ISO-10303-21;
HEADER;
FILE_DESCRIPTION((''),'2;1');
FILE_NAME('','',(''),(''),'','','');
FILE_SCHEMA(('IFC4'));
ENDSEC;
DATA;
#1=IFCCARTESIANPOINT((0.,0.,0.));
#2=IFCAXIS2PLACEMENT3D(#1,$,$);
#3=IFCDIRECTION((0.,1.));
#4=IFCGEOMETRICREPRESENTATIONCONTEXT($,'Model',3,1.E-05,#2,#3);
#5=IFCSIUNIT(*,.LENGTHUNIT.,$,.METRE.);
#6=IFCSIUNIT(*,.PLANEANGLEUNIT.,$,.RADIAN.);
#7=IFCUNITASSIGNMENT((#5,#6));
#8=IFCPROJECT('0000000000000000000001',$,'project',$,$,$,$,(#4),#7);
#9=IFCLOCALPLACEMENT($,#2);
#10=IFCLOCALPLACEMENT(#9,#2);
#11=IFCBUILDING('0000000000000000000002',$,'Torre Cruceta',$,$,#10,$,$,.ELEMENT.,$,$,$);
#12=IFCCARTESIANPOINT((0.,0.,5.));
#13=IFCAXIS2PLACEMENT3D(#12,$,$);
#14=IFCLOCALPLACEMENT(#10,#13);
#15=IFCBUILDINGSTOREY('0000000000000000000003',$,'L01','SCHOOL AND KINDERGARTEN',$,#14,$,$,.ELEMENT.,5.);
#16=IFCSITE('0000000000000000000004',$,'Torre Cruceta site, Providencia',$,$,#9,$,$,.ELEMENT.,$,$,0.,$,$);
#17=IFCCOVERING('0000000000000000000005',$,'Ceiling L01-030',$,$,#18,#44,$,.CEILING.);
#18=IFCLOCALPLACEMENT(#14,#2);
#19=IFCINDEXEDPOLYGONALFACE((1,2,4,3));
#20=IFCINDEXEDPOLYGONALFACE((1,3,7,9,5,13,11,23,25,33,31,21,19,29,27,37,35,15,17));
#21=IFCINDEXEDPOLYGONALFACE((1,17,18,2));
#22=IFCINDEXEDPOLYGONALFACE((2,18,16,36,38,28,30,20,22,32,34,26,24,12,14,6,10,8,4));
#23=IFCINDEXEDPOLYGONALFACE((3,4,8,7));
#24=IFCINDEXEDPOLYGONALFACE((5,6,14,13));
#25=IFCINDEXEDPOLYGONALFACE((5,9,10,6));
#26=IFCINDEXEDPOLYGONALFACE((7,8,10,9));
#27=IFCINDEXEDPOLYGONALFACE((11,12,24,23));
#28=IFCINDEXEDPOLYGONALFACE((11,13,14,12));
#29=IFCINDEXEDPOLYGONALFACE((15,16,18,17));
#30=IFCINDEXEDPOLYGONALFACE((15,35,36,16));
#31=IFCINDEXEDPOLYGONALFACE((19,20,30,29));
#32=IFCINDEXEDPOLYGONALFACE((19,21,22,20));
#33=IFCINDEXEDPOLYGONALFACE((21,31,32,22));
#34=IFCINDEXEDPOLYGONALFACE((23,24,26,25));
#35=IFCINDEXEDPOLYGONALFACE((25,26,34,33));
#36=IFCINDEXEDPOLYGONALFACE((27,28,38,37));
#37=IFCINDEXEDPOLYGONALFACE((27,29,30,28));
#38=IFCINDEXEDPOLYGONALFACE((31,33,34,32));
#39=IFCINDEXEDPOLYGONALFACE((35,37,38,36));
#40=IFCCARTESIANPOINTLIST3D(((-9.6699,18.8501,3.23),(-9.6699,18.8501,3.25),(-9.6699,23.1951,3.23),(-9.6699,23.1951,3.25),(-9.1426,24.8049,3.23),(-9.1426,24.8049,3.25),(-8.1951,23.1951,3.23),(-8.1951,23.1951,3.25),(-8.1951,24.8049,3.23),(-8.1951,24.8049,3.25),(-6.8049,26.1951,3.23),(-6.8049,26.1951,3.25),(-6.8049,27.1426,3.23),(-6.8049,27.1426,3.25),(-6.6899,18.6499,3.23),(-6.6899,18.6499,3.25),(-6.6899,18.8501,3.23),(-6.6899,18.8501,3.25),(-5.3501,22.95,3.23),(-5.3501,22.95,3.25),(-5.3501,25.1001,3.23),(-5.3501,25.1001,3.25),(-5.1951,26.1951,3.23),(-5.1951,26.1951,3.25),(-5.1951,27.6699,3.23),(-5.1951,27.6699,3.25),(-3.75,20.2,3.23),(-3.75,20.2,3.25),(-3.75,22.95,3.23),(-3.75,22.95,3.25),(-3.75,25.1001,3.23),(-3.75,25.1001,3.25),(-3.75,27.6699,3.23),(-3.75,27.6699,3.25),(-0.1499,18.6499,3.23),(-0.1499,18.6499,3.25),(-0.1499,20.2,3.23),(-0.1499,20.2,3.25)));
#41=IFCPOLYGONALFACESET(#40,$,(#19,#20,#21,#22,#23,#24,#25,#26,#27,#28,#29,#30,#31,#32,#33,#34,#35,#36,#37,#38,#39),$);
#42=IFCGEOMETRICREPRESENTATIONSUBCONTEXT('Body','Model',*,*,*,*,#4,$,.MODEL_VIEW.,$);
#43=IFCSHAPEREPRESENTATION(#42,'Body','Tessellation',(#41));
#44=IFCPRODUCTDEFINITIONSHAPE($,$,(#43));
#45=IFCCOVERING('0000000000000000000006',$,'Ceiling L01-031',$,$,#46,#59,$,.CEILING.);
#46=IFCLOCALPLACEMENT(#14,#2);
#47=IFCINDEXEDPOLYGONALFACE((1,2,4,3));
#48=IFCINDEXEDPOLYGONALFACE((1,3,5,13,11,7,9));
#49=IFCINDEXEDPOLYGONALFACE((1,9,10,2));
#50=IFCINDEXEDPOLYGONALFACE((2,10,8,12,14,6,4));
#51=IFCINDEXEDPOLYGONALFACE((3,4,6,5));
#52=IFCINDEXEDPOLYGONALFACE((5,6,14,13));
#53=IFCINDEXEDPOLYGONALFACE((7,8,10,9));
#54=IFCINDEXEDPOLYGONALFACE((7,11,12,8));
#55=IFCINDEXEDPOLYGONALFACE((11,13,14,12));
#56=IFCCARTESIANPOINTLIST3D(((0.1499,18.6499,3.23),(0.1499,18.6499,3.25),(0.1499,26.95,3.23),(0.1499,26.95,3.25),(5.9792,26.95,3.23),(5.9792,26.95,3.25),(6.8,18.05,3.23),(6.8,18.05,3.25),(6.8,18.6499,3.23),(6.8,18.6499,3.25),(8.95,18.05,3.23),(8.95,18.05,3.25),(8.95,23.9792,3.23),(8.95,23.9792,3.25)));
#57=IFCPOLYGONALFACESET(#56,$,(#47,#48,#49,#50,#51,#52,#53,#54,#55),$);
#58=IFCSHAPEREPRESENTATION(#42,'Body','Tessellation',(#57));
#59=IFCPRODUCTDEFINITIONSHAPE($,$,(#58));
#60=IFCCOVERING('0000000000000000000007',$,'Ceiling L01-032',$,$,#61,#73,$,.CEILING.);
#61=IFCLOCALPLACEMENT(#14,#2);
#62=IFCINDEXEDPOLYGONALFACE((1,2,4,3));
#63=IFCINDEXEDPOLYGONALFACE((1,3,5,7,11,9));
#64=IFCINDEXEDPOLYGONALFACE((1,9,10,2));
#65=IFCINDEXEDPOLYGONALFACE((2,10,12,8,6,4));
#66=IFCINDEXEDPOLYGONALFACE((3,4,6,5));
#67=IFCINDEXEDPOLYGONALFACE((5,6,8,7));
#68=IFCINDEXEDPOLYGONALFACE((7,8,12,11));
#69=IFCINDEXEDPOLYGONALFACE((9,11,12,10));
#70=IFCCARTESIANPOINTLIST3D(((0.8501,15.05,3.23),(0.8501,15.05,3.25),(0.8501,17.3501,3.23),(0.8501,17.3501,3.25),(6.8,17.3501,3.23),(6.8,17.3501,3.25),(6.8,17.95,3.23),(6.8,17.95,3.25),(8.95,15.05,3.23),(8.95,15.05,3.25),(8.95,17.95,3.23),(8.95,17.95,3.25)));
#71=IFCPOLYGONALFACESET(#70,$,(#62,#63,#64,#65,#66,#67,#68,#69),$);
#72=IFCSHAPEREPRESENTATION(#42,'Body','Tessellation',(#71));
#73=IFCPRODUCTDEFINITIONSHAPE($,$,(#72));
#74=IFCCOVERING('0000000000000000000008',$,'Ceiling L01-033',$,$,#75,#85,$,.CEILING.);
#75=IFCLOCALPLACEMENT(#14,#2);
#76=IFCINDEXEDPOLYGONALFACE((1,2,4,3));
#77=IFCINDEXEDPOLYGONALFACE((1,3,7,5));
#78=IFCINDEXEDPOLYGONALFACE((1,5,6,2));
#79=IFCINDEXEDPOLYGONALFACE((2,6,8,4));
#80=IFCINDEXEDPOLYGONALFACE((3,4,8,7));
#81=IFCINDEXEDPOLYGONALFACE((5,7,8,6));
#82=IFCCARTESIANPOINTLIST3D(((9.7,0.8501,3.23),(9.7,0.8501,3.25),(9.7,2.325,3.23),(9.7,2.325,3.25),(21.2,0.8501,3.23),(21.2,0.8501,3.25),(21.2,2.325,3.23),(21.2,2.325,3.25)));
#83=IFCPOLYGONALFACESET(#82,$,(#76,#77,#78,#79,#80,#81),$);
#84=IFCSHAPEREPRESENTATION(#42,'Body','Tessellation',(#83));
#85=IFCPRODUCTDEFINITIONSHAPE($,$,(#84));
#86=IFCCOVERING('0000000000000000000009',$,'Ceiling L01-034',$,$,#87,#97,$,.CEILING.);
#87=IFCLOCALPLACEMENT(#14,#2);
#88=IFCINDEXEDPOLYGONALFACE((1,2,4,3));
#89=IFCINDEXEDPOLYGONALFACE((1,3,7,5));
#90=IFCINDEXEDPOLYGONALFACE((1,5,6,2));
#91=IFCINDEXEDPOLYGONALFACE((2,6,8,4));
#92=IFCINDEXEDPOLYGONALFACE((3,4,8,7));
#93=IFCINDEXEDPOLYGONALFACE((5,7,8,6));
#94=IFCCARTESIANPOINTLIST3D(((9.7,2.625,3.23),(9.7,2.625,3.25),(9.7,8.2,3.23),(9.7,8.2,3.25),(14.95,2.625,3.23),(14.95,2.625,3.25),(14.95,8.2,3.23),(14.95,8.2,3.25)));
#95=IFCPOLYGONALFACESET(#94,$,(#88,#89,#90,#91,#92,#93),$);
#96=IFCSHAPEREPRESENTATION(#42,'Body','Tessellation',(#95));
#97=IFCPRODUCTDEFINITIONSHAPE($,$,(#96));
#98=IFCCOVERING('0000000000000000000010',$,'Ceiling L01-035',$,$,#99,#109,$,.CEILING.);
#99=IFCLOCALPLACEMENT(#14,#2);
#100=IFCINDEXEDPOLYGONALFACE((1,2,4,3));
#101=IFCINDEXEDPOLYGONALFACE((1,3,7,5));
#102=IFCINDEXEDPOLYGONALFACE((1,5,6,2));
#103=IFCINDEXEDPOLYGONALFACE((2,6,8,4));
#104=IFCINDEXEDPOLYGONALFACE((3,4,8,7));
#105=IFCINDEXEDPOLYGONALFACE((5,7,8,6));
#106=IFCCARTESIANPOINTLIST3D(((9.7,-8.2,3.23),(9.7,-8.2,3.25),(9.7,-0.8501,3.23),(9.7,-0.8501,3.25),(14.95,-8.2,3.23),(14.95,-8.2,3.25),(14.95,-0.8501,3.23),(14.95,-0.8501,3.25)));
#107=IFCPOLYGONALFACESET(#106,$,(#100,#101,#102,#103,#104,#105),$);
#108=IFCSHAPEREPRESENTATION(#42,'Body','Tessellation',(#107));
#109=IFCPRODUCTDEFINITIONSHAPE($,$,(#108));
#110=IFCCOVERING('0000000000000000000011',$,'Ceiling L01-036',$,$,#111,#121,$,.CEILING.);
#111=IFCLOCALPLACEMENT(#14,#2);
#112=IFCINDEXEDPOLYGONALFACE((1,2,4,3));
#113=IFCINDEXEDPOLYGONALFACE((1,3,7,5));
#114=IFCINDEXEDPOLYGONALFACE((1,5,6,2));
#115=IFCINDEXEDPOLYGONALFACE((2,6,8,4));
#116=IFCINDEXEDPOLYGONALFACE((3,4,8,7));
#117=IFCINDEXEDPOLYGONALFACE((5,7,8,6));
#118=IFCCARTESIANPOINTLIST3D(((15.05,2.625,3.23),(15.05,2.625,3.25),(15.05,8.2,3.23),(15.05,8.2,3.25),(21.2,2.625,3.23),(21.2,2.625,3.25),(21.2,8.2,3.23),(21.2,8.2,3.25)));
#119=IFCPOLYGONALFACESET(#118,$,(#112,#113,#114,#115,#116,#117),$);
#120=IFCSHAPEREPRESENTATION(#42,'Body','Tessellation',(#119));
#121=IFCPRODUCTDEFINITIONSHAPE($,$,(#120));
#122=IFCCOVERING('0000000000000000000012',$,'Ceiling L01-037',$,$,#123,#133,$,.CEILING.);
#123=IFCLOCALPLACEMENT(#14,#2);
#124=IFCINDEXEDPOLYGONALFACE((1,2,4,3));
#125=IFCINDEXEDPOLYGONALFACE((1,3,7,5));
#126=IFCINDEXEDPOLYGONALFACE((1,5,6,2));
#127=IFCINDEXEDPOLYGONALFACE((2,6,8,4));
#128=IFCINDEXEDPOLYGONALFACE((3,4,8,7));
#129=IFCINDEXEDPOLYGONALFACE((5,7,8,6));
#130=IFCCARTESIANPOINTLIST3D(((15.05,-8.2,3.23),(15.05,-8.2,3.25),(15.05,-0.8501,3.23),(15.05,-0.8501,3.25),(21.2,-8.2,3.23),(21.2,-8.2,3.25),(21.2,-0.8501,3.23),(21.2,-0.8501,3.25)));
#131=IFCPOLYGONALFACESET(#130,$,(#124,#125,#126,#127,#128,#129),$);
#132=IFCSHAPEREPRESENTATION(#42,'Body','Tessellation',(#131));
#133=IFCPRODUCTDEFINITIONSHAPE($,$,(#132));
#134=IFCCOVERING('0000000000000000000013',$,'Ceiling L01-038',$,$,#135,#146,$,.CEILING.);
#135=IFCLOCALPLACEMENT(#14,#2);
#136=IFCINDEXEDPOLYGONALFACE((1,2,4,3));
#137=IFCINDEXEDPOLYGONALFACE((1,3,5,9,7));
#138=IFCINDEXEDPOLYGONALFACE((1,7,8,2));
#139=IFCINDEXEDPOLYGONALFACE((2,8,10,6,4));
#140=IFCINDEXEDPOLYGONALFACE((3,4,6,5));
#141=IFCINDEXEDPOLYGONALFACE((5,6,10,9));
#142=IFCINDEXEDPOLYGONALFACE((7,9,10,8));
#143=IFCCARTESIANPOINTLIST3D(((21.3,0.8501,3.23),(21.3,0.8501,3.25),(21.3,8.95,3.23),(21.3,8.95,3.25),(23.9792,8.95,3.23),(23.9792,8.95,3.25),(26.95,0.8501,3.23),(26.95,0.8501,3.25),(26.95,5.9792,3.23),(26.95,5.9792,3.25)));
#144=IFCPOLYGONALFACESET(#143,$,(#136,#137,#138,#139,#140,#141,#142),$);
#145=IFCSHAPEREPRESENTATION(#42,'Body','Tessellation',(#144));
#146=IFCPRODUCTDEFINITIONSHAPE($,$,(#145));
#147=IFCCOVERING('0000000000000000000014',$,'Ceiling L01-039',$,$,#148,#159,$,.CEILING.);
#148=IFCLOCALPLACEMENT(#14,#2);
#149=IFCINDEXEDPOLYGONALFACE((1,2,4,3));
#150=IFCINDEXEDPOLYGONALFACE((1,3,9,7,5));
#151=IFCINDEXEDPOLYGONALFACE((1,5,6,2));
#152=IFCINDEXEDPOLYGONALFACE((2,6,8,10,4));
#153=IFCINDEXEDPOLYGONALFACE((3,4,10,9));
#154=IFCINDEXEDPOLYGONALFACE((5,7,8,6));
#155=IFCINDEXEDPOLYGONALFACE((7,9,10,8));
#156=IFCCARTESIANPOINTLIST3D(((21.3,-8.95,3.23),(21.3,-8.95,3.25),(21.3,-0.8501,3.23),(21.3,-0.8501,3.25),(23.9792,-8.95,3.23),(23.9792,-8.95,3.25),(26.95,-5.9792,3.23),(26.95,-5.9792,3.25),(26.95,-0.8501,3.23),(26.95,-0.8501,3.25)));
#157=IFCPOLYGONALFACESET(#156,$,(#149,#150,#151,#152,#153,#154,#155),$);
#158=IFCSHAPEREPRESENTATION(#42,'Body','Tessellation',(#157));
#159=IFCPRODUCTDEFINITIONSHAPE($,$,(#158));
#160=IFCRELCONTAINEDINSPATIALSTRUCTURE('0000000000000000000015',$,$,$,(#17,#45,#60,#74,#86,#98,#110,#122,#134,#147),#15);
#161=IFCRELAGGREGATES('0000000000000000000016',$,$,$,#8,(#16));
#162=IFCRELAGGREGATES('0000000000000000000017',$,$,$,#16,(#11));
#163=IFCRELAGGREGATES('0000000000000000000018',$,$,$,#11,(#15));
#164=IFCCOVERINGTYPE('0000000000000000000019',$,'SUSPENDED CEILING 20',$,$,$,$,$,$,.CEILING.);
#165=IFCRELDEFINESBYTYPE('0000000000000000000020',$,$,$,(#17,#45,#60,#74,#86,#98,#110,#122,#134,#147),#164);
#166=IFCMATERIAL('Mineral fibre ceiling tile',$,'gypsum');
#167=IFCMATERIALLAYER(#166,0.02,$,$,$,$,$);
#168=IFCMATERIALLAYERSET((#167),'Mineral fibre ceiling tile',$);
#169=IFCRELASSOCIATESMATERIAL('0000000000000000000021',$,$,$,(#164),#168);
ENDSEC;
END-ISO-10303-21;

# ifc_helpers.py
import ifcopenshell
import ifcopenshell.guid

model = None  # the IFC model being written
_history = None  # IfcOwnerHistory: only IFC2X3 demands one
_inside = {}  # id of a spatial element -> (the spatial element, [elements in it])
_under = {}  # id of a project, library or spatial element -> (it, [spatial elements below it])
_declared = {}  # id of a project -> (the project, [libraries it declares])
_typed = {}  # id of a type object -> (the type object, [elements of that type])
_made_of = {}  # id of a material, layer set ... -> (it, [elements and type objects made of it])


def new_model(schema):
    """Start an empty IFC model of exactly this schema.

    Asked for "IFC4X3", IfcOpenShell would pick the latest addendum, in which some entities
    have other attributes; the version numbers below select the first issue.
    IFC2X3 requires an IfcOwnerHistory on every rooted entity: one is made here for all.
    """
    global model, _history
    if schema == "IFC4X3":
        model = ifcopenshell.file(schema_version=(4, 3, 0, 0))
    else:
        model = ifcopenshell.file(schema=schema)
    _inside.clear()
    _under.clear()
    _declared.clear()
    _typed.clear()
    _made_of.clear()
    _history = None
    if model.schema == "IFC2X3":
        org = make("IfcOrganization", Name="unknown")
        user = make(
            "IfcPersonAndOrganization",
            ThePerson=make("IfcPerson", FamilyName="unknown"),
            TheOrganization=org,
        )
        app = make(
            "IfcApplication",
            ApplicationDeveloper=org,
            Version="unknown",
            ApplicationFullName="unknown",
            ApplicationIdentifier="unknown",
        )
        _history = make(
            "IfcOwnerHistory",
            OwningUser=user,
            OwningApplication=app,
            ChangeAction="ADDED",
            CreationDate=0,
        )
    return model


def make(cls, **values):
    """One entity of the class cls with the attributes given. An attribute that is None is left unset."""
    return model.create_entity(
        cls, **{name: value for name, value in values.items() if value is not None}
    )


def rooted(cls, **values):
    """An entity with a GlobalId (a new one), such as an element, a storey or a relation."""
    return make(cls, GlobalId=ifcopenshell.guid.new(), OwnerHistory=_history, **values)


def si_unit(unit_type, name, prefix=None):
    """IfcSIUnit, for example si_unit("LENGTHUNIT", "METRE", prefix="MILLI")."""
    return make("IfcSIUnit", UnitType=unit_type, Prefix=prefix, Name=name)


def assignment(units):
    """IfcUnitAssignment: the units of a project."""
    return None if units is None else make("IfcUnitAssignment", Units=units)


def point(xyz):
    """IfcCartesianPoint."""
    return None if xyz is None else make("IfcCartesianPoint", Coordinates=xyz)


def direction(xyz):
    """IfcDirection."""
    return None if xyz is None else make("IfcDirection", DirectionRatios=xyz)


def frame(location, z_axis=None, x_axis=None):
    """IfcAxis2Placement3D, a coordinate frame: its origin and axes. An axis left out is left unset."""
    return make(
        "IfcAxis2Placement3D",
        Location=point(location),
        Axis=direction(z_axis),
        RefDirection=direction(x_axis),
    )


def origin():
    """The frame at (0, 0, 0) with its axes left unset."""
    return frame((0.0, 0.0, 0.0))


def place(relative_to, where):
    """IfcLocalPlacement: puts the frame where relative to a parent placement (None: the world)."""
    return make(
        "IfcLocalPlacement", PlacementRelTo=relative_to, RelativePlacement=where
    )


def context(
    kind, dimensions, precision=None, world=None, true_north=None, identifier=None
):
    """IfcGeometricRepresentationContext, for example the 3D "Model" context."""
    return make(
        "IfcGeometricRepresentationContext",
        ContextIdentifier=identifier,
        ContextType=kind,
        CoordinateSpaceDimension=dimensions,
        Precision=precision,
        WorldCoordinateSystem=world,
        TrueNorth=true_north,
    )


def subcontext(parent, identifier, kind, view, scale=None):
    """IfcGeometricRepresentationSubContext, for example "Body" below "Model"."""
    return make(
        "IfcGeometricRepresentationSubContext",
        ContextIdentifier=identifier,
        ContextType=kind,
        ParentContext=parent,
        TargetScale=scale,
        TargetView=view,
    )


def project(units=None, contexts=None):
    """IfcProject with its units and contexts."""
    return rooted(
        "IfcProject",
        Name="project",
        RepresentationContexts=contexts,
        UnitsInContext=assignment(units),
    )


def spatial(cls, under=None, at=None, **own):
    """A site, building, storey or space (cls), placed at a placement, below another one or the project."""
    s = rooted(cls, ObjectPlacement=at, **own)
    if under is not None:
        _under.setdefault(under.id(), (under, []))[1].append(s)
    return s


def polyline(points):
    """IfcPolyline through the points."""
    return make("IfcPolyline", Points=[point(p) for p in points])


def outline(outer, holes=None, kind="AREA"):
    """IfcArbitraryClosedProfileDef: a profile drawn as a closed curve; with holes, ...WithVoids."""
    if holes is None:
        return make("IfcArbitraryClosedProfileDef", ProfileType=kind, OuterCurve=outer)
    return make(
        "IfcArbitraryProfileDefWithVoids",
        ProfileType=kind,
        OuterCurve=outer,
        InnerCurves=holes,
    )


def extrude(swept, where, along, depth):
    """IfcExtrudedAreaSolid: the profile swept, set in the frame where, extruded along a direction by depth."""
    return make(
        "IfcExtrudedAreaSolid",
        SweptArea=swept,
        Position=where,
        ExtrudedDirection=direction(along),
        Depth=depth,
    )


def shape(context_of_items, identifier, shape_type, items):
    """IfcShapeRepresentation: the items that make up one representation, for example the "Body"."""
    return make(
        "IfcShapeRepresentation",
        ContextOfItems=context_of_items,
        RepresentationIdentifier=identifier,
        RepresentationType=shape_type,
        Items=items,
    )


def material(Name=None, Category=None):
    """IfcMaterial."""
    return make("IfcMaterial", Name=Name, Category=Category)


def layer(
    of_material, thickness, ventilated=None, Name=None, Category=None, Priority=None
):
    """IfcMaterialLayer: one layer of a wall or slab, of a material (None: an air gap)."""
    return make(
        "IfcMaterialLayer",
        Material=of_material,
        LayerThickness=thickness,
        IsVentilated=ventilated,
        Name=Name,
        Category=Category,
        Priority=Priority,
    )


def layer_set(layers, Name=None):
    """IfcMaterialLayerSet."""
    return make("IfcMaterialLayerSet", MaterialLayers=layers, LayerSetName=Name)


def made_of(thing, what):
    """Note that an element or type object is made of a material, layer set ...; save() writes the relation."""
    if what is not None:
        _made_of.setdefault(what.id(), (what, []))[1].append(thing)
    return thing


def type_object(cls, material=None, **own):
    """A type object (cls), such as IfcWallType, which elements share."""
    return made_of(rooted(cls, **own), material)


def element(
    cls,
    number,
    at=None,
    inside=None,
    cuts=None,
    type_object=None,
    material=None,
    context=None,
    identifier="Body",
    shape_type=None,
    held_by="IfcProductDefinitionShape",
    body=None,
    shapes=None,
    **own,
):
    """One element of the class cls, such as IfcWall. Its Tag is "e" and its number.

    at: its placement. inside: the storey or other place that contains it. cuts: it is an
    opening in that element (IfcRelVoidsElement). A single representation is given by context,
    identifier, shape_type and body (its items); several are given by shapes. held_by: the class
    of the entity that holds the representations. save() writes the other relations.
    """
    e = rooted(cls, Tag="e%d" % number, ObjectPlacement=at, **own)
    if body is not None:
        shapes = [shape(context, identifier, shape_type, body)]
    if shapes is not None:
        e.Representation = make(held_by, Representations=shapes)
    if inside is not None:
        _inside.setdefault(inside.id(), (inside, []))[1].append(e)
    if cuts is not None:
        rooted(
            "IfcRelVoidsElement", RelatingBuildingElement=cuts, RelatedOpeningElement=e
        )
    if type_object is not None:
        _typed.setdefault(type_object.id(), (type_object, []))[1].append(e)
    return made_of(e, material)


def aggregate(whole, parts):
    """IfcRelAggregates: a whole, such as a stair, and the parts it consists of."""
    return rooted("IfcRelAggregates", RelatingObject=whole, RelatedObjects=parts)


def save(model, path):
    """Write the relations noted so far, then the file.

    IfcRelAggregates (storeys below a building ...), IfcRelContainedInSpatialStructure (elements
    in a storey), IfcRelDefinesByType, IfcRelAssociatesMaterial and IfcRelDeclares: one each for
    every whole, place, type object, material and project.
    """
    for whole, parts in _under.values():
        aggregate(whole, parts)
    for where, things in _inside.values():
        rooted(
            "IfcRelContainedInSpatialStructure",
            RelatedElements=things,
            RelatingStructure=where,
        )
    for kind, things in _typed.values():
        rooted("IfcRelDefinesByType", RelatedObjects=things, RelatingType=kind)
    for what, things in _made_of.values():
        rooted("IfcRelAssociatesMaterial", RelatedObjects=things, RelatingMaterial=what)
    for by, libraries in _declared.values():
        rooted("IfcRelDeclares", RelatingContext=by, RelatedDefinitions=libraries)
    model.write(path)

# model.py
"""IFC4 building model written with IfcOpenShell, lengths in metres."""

from ifc_helpers import new_model, si_unit, direction, frame, origin, place, context, subcontext, project, spatial, polyline, outline, extrude, material, layer, layer_set, type_object, element, save


model = new_model("IFC4")

# Units and contexts
model_context = context("Model", 3, precision=1e-05, world=origin(), true_north=direction((0.0, 1.0)))
body_context = subcontext(model_context, "Body", "Model", "MODEL_VIEW")
ifc_project = project(units=[si_unit("LENGTHUNIT", "METRE"), si_unit("PLANEANGLEUNIT", "RADIAN")], contexts=[model_context])

# Site, building, storey
site_placement = place(None, origin())
site = spatial("IfcSite", under=ifc_project, at=site_placement, Name="Torre Cruceta site, Providencia", CompositionType="ELEMENT", RefElevation=0.0)
building_placement = place(site_placement, origin())
building = spatial("IfcBuilding", under=site, at=building_placement, Name="Torre Cruceta", CompositionType="ELEMENT")
storey_placement = place(building_placement, frame((0.0, 0.0, 5.0)))
storey = spatial("IfcBuildingStorey", under=building, at=storey_placement, Name="L01", Description="SCHOOL AND KINDERGARTEN", CompositionType="ELEMENT", Elevation=5.0)

# Coverings
ifc_material_1 = material(Name="Mineral fibre ceiling tile", Category="gypsum")
ifc_layer_1 = layer(ifc_material_1, 0.02)
ifc_layer_set_1 = layer_set([ifc_layer_1], Name="Mineral fibre ceiling tile")
covering_type = type_object("IfcCoveringType", Name="SUSPENDED CEILING 20", PredefinedType="CEILING", material=ifc_layer_set_1)
covering_1_placement = place(storey_placement, frame((0.0, 0.0, 3.23)))
element("IfcCovering", 1, at=covering_1_placement, inside=storey, type_object=covering_type, Name="Ceiling L01-030", PredefinedType="CEILING", context=body_context, shape_type="SweptSolid", body=[
    extrude(outline(polyline([(-9.6699, 23.1951), (-8.1951, 23.1951), (-8.1951, 24.8049), (-9.1426, 24.8049), (-6.8049, 27.1426), (-6.8049, 26.1951), (-5.1951, 26.1951), (-5.1951, 27.6699), (-3.75, 27.6699), (-3.75, 25.1001), (-5.3501, 25.1001), (-5.3501, 22.95), (-3.75, 22.95), (-3.75, 20.2), (-0.1499, 20.2), (-0.1499, 18.6499), (-6.6899, 18.6499), (-6.6899, 18.8501), (-9.6699, 18.8501), (-9.6699, 23.1951)])), origin(), (0.0, 0.0, 1.0), 0.02),
])
covering_2_placement = place(storey_placement, frame((0.0, 0.0, 3.23)))
element("IfcCovering", 2, at=covering_2_placement, inside=storey, type_object=covering_type, Name="Ceiling L01-031", PredefinedType="CEILING", context=body_context, shape_type="SweptSolid", body=[
    extrude(outline(polyline([(6.8, 18.05), (6.8, 18.6499), (0.1499, 18.6499), (0.1499, 26.95), (5.9792, 26.95), (8.95, 23.9792), (8.95, 18.05), (6.8, 18.05)])), origin(), (0.0, 0.0, 1.0), 0.02),
])
covering_3_placement = place(storey_placement, frame((0.0, 0.0, 3.23)))
element("IfcCovering", 3, at=covering_3_placement, inside=storey, type_object=covering_type, Name="Ceiling L01-032", PredefinedType="CEILING", context=body_context, shape_type="SweptSolid", body=[
    extrude(outline(polyline([(0.8501, 15.05), (0.8501, 17.3501), (6.8, 17.3501), (6.8, 17.95), (8.95, 17.95), (8.95, 15.05), (0.8501, 15.05)])), origin(), (0.0, 0.0, 1.0), 0.02),
])
covering_4_placement = place(storey_placement, frame((0.0, 0.0, 3.23)))
element("IfcCovering", 4, at=covering_4_placement, inside=storey, type_object=covering_type, Name="Ceiling L01-033", PredefinedType="CEILING", context=body_context, shape_type="SweptSolid", body=[
    extrude(outline(polyline([(9.7, 0.8501), (9.7, 2.325), (21.2, 2.325), (21.2, 0.8501), (9.7, 0.8501)])), origin(), (0.0, 0.0, 1.0), 0.02),
])
covering_5_placement = place(storey_placement, frame((0.0, 0.0, 3.23)))
element("IfcCovering", 5, at=covering_5_placement, inside=storey, type_object=covering_type, Name="Ceiling L01-034", PredefinedType="CEILING", context=body_context, shape_type="SweptSolid", body=[
    extrude(outline(polyline([(9.7, 2.625), (9.7, 8.2), (14.95, 8.2), (14.95, 2.625), (9.7, 2.625)])), origin(), (0.0, 0.0, 1.0), 0.02),
])
covering_6_placement = place(storey_placement, frame((0.0, 0.0, 3.23)))
element("IfcCovering", 6, at=covering_6_placement, inside=storey, type_object=covering_type, Name="Ceiling L01-035", PredefinedType="CEILING", context=body_context, shape_type="SweptSolid", body=[
    extrude(outline(polyline([(9.7, -8.2), (9.7, -0.8501), (14.95, -0.8501), (14.95, -8.2), (9.7, -8.2)])), origin(), (0.0, 0.0, 1.0), 0.02),
])
covering_7_placement = place(storey_placement, frame((0.0, 0.0, 3.23)))
element("IfcCovering", 7, at=covering_7_placement, inside=storey, type_object=covering_type, Name="Ceiling L01-036", PredefinedType="CEILING", context=body_context, shape_type="SweptSolid", body=[
    extrude(outline(polyline([(15.05, 2.625), (15.05, 8.2), (21.2, 8.2), (21.2, 2.625), (15.05, 2.625)])), origin(), (0.0, 0.0, 1.0), 0.02),
])
covering_8_placement = place(storey_placement, frame((0.0, 0.0, 3.23)))
element("IfcCovering", 8, at=covering_8_placement, inside=storey, type_object=covering_type, Name="Ceiling L01-037", PredefinedType="CEILING", context=body_context, shape_type="SweptSolid", body=[
    extrude(outline(polyline([(15.05, -8.2), (15.05, -0.8501), (21.2, -0.8501), (21.2, -8.2), (15.05, -8.2)])), origin(), (0.0, 0.0, 1.0), 0.02),
])
covering_9_placement = place(storey_placement, frame((0.0, 0.0, 3.23)))
element("IfcCovering", 9, at=covering_9_placement, inside=storey, type_object=covering_type, Name="Ceiling L01-038", PredefinedType="CEILING", context=body_context, shape_type="SweptSolid", body=[
    extrude(outline(polyline([(21.3, 8.95), (23.9792, 8.95), (26.95, 5.9792), (26.95, 0.8501), (21.3, 0.8501), (21.3, 8.95)])), origin(), (0.0, 0.0, 1.0), 0.02),
])
covering_10_placement = place(storey_placement, frame((0.0, 0.0, 3.23)))
element("IfcCovering", 10, at=covering_10_placement, inside=storey, type_object=covering_type, Name="Ceiling L01-039", PredefinedType="CEILING", context=body_context, shape_type="SweptSolid", body=[
    extrude(outline(polyline([(26.95, -5.9792), (23.9792, -8.95), (21.3, -8.95), (21.3, -0.8501), (26.95, -0.8501), (26.95, -5.9792)])), origin(), (0.0, 0.0, 1.0), 0.02),
])

save(model, "model.ifc")
